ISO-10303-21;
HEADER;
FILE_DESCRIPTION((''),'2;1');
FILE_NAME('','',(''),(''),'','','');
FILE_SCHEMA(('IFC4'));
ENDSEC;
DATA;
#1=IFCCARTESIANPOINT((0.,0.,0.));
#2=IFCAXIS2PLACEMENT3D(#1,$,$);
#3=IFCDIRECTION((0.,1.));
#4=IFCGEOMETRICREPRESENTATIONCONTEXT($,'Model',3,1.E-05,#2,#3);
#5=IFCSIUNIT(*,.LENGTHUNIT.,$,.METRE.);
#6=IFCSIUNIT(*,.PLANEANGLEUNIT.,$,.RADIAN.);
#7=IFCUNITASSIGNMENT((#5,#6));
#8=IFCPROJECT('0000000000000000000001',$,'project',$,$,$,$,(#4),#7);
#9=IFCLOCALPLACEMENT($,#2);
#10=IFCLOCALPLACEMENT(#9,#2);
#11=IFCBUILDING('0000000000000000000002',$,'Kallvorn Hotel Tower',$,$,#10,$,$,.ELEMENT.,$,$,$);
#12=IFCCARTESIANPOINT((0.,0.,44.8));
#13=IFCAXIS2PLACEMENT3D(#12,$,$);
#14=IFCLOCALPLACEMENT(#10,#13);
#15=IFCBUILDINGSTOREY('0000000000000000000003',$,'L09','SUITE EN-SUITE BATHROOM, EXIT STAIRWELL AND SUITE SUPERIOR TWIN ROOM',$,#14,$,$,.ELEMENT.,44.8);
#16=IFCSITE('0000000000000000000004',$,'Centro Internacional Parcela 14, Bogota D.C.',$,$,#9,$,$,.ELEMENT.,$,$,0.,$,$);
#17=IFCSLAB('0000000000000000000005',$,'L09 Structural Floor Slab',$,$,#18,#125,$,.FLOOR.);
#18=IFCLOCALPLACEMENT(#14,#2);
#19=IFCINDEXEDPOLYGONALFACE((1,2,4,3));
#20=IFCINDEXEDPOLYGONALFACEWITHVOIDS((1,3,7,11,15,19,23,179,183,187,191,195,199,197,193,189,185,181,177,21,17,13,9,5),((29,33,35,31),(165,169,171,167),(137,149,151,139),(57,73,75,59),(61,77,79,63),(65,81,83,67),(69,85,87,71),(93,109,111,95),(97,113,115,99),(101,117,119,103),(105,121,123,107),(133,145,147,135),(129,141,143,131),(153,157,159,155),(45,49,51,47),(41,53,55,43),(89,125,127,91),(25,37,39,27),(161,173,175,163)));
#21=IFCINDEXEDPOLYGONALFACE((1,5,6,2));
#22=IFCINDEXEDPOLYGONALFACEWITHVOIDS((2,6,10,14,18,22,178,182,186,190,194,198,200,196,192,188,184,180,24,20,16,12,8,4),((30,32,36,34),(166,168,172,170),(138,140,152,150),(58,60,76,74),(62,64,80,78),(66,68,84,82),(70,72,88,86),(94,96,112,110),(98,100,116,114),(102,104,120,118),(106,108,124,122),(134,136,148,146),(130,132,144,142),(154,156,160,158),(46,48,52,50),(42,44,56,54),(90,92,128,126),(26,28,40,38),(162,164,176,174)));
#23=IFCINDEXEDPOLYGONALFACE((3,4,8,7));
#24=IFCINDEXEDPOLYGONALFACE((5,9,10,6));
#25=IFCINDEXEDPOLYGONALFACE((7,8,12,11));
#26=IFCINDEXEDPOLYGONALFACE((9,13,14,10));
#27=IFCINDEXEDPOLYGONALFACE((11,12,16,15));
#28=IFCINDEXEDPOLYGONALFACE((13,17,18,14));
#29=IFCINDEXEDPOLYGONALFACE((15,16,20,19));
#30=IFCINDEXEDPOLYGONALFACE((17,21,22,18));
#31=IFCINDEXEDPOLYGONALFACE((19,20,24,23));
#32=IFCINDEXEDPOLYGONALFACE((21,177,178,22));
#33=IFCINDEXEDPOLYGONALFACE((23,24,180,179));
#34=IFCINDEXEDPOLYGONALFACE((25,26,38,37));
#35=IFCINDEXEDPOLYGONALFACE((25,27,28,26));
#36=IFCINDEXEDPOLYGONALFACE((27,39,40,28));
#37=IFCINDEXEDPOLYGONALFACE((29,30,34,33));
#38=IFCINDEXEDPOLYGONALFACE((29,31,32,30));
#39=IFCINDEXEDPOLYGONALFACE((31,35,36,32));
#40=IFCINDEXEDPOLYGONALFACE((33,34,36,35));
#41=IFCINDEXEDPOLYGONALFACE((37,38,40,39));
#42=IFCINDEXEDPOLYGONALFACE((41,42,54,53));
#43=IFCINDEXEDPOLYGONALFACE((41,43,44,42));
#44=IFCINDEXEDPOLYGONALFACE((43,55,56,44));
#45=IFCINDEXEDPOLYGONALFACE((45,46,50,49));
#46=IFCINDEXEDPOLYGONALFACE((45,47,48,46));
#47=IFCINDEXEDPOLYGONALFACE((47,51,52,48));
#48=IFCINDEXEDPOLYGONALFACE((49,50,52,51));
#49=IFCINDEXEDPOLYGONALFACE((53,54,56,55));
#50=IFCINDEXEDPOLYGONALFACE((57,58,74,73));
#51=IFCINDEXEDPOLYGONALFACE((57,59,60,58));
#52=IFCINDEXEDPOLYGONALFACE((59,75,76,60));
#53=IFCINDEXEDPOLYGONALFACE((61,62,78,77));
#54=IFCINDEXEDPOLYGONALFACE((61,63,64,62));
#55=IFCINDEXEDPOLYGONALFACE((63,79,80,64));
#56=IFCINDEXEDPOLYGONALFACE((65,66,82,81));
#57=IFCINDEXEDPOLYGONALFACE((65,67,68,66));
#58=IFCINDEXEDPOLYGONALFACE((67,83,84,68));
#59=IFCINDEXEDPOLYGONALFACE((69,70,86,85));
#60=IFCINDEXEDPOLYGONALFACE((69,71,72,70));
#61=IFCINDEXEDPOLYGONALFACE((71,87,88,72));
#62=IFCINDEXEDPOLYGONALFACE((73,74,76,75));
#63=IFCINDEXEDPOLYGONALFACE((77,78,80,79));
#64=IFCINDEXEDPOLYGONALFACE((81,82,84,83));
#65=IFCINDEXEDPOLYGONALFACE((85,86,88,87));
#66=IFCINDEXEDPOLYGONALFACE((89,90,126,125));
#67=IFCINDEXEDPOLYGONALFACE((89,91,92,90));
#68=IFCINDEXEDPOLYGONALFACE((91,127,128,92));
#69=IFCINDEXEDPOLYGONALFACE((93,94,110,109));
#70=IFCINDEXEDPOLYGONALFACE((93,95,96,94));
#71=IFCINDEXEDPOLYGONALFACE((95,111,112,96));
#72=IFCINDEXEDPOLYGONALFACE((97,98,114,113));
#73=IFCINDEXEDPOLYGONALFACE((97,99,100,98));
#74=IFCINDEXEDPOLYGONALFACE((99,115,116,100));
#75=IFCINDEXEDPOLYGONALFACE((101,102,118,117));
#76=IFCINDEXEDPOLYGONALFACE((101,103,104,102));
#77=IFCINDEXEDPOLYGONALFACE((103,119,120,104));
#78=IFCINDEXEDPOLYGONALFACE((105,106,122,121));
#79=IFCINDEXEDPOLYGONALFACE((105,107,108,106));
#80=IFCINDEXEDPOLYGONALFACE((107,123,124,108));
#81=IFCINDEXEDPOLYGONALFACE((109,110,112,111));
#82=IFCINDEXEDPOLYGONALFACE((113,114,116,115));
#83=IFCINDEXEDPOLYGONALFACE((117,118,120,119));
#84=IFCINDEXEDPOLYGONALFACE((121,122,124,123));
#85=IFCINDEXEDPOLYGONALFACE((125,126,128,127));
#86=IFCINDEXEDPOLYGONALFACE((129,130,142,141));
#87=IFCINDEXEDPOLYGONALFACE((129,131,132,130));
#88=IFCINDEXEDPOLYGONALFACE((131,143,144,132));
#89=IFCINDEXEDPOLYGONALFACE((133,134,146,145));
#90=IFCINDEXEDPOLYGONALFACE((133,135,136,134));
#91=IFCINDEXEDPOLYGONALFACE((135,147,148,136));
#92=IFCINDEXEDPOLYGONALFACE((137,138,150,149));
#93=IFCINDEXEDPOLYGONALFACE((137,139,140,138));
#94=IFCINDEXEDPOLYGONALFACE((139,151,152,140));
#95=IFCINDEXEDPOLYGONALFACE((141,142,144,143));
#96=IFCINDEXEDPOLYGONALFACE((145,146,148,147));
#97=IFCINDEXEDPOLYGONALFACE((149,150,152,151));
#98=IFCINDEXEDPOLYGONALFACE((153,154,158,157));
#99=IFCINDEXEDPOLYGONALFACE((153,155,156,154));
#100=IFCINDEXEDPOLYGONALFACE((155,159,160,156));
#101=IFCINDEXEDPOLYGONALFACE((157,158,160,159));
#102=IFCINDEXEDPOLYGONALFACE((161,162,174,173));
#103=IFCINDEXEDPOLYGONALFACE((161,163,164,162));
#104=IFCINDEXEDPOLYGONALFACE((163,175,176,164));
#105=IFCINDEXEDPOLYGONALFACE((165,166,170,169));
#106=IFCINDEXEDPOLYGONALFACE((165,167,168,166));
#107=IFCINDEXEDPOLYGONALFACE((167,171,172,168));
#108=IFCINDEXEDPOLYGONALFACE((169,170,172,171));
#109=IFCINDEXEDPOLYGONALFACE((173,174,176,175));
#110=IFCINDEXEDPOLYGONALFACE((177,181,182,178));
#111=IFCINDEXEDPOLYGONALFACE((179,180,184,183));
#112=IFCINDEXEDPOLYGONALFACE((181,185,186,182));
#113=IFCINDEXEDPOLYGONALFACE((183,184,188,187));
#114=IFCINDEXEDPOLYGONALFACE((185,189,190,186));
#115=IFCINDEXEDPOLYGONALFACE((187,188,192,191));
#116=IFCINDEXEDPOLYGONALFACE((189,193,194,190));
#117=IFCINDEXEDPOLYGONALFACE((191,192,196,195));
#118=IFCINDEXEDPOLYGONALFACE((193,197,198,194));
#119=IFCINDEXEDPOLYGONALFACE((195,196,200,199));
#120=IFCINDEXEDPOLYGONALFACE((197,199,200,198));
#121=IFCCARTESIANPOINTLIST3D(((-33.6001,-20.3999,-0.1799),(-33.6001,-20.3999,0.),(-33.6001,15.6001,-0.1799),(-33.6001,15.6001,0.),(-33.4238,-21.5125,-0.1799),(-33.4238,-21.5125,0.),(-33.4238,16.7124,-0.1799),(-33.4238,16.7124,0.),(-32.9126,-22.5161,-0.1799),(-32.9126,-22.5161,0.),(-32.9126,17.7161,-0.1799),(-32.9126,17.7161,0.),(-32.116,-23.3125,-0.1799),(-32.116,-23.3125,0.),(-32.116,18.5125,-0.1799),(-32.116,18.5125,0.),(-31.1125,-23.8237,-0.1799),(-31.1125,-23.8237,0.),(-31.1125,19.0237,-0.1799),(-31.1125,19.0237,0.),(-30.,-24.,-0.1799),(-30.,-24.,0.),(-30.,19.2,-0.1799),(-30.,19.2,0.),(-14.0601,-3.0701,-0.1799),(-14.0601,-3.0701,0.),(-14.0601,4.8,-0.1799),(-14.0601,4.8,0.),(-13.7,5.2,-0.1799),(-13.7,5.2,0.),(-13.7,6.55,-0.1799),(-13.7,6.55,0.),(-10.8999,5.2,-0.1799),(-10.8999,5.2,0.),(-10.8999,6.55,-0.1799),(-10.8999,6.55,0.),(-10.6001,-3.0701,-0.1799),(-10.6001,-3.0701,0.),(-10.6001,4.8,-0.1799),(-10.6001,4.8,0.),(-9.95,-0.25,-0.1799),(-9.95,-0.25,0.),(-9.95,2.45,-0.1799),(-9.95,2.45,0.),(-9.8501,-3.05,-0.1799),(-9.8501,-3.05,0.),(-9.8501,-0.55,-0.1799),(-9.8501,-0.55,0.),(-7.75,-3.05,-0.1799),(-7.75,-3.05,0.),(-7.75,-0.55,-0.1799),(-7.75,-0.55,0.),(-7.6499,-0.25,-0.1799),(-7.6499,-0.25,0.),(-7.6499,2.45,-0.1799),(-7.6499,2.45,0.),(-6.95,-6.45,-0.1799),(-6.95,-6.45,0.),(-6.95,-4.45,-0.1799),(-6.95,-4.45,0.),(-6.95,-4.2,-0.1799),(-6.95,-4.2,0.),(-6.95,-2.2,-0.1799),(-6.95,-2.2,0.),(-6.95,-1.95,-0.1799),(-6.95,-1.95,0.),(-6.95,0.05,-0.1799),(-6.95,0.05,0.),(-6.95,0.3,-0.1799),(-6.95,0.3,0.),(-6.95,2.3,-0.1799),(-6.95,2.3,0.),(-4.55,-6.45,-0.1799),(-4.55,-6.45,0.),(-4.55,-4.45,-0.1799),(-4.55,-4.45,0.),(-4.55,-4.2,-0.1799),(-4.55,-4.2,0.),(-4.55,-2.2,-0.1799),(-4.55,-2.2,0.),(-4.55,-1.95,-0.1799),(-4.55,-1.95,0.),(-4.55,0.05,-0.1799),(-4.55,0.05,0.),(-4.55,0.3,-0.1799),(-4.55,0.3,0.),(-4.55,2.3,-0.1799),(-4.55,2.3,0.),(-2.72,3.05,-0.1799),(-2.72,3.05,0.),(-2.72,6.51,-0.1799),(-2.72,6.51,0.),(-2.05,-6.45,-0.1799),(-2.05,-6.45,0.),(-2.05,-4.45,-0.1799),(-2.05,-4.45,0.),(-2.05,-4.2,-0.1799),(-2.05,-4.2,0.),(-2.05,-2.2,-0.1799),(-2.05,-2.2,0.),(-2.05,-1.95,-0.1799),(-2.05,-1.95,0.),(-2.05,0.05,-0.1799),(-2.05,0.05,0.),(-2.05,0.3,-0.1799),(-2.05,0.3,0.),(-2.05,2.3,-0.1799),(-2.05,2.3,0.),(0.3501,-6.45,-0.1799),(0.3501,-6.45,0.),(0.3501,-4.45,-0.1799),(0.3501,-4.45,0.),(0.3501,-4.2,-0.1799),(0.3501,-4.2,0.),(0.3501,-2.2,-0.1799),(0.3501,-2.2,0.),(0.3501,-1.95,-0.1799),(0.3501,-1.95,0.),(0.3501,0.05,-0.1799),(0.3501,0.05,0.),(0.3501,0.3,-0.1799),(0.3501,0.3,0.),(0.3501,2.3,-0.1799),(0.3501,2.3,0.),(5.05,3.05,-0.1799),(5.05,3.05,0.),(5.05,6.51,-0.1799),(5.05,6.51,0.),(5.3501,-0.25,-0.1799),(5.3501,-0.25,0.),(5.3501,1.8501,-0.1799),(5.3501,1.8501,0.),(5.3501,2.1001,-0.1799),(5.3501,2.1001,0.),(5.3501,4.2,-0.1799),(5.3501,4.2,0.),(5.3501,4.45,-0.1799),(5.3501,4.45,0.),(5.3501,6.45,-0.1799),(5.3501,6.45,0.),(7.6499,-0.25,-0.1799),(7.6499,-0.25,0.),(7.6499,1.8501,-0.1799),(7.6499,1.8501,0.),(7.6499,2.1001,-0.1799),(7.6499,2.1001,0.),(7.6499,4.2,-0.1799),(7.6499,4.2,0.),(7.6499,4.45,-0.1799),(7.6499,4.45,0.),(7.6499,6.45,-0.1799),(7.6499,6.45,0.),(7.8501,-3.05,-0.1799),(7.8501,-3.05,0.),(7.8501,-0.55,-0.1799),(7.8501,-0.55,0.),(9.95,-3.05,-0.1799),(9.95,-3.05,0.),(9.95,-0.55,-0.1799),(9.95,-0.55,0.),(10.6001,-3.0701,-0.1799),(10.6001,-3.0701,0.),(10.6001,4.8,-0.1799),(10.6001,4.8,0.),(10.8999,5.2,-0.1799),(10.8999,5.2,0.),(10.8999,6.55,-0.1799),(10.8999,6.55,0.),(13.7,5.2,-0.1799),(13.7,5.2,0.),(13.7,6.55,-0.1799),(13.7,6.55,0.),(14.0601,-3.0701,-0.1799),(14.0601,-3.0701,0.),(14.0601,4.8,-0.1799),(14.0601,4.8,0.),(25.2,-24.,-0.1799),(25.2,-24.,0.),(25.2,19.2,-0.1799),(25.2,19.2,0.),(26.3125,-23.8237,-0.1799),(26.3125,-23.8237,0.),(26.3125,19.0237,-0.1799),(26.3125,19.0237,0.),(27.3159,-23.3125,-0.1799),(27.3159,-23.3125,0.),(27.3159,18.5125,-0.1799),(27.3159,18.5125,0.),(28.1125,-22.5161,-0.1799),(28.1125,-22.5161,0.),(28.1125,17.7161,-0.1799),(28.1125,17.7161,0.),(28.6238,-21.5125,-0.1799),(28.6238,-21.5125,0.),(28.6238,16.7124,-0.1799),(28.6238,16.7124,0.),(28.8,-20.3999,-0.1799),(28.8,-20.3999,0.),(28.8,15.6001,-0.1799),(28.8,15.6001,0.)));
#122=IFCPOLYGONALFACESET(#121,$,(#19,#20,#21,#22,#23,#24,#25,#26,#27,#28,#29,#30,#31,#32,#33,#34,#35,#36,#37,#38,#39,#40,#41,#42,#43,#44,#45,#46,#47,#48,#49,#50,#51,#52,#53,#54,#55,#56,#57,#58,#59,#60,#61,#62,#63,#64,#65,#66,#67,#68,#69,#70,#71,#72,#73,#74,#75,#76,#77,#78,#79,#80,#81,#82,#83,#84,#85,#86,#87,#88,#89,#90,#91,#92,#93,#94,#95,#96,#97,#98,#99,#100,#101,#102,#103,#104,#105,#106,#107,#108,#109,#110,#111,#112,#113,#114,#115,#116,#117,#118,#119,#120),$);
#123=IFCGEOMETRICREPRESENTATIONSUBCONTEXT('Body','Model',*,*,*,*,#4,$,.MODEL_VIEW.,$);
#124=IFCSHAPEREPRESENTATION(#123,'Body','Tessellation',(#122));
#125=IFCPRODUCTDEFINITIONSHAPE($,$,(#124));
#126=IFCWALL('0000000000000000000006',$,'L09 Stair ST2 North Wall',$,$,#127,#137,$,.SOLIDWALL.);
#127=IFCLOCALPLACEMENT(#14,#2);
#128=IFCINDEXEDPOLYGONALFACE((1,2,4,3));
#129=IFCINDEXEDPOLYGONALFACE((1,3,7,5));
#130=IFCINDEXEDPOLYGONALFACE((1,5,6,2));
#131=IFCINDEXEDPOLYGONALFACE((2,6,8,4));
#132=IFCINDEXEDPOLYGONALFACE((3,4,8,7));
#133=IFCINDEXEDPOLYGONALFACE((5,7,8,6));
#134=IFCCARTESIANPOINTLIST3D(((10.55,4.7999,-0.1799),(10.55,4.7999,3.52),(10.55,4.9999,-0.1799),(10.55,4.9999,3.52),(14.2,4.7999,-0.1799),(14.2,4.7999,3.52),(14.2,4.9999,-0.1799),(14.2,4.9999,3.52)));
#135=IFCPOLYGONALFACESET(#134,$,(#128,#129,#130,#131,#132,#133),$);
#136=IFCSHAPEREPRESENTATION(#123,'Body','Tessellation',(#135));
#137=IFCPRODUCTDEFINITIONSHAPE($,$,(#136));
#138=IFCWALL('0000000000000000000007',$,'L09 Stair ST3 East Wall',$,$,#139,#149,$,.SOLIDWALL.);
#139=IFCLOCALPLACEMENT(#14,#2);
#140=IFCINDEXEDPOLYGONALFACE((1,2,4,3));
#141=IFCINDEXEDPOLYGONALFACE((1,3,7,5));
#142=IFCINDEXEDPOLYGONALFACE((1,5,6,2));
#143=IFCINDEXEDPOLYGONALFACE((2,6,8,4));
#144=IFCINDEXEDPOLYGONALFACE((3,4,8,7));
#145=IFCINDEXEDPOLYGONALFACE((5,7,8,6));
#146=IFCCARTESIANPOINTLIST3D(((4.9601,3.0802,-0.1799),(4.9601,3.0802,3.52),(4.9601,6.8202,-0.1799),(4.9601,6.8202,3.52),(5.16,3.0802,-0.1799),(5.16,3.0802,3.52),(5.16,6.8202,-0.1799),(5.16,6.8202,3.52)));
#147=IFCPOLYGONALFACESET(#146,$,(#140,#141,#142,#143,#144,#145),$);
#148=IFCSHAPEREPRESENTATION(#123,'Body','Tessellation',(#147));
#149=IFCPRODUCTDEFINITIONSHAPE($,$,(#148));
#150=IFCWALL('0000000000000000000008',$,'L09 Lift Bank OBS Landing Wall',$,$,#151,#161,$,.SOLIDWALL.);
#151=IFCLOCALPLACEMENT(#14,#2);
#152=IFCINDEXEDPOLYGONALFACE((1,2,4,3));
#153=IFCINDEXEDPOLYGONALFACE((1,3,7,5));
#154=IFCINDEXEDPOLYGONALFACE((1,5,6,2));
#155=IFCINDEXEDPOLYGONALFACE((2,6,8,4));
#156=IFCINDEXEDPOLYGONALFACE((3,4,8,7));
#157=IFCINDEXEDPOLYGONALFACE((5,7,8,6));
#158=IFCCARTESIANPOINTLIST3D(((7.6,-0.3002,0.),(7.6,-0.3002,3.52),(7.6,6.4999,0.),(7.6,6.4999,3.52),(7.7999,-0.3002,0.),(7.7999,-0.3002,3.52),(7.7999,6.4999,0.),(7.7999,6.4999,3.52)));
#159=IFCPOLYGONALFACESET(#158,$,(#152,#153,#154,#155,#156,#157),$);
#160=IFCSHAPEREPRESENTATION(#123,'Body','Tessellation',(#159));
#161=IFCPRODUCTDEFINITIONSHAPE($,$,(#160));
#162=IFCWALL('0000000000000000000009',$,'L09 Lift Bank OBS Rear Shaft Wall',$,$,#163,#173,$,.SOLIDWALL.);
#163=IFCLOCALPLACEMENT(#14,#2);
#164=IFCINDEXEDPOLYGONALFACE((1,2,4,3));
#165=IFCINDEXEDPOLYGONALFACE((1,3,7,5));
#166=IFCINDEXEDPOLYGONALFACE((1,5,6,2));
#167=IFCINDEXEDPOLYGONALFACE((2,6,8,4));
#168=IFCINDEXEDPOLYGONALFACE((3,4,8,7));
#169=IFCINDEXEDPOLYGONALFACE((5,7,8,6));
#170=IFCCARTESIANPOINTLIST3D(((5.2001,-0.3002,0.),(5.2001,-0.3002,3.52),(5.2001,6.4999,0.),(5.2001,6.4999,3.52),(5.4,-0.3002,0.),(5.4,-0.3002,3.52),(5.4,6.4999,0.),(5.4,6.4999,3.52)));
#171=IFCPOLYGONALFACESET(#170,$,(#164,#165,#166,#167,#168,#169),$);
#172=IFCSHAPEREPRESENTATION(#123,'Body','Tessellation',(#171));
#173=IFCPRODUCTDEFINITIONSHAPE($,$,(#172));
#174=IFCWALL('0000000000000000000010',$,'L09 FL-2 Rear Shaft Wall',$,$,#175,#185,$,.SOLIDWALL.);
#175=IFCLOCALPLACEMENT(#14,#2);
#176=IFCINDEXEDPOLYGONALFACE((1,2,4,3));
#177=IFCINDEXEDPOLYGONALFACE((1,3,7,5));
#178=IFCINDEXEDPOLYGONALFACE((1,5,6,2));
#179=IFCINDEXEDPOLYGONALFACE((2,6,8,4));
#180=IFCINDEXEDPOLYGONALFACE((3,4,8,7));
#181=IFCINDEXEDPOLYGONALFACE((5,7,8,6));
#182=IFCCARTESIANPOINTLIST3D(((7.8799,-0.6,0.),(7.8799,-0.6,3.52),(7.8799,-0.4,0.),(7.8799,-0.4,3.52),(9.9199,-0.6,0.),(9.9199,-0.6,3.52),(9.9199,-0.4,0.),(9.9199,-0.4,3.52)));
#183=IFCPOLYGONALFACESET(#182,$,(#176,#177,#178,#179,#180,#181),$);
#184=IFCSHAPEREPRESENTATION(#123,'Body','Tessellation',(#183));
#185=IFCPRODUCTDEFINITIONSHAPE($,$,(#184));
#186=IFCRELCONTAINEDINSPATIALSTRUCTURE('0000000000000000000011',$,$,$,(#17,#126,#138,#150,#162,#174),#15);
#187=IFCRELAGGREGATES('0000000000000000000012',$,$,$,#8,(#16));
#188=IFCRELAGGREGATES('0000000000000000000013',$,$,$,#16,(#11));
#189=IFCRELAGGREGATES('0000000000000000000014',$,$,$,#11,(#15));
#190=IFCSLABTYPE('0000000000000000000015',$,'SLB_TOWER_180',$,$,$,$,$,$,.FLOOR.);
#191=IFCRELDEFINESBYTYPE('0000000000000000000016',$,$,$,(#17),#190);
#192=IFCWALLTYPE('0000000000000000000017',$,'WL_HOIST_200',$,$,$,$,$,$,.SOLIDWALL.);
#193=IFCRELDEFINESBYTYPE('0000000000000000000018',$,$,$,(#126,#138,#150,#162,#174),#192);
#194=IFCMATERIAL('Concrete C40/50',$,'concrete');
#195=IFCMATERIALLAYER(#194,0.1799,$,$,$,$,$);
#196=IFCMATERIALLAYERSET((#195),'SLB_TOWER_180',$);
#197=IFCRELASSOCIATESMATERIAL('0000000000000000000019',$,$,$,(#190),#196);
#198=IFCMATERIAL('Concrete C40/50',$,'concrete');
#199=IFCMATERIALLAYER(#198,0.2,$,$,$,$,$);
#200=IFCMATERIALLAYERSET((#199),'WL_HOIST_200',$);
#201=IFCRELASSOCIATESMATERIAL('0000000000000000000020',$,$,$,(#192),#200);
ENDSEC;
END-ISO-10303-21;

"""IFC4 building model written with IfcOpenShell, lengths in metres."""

from ifc_helpers import new_model, si_unit, direction, frame, frame_2d, origin, place, context, subcontext, project, spatial, polyline, rectangle, outline, extrude, material, layer, layer_set, type_object, element, save


model = new_model("IFC4")

# Units and contexts
model_context = context("Model", 3, precision=1e-05, world=origin(), true_north=direction((0.0, 1.0)))
body_context = subcontext(model_context, "Body", "Model", "MODEL_VIEW")
ifc_project = project(units=[si_unit("LENGTHUNIT", "METRE"), si_unit("PLANEANGLEUNIT", "RADIAN")], contexts=[model_context])

# Site, building, storey
site_placement = place(None, origin())
site = spatial("IfcSite", under=ifc_project, at=site_placement, Name="Centro Internacional Parcela 14, Bogota D.C.", CompositionType="ELEMENT", RefElevation=0.0)
building_placement = place(site_placement, origin())
building = spatial("IfcBuilding", under=site, at=building_placement, Name="Kallvorn Hotel Tower", CompositionType="ELEMENT")
storey_placement = place(building_placement, frame((0.0, 0.0, 44.8)))
storey = spatial("IfcBuildingStorey", under=building, at=storey_placement, Name="L09", Description="SUITE EN-SUITE BATHROOM, EXIT STAIRWELL AND SUITE SUPERIOR TWIN ROOM", CompositionType="ELEMENT", Elevation=44.8)

# Slab
ifc_material_1 = material(Name="Concrete C40/50", Category="concrete")
ifc_layer_1 = layer(ifc_material_1, 0.1799)
ifc_layer_set_1 = layer_set([ifc_layer_1], Name="SLB_TOWER_180")
slab_type_1 = type_object("IfcSlabType", Name="SLB_TOWER_180", PredefinedType="FLOOR", material=ifc_layer_set_1)
slab_1_placement = place(storey_placement, frame((0.0, 0.0, -0.1799)))
element("IfcSlab", 1, at=slab_1_placement, inside=storey, type_object=slab_type_1, Name="L09 Structural Floor Slab", PredefinedType="FLOOR", context=body_context, shape_type="SweptSolid", body=[
    extrude(outline(polyline([(25.2, -24.0), (26.3125, -23.8237), (27.3159, -23.3125), (28.1125, -22.5161), (28.6238, -21.5125), (28.8, -20.3999), (28.8, 15.6001), (28.6238, 16.7124), (28.1125, 17.7161), (27.3159, 18.5125), (26.3125, 19.0237), (25.2, 19.2), (-30.0, 19.2), (-31.1125, 19.0237), (-32.116, 18.5125), (-32.9126, 17.7161), (-33.4238, 16.7124), (-33.6001, 15.6001), (-33.6001, -20.3999), (-33.4238, -21.5125), (-32.9126, -22.5161), (-32.116, -23.3125), (-31.1125, -23.8237), (-30.0, -24.0), (25.2, -24.0)]), holes=[polyline([(-10.6001, -3.0701), (-10.6001, 4.8), (-14.0601, 4.8), (-14.0601, -3.0701), (-10.6001, -3.0701)]), polyline([(14.0601, -3.0701), (14.0601, 4.8), (10.6001, 4.8), (10.6001, -3.0701), (14.0601, -3.0701)]), polyline([(-2.72, 3.05), (5.05, 3.05), (5.05, 6.51), (-2.72, 6.51), (-2.72, 3.05)]), polyline([(-6.95, -6.45), (-4.55, -6.45), (-4.55, -4.45), (-6.95, -4.45), (-6.95, -6.45)]), polyline([(-6.95, -4.2), (-4.55, -4.2), (-4.55, -2.2), (-6.95, -2.2), (-6.95, -4.2)]), polyline([(-6.95, -1.95), (-4.55, -1.95), (-4.55, 0.05), (-6.95, 0.05), (-6.95, -1.95)]), polyline([(-6.95, 0.3), (-4.55, 0.3), (-4.55, 2.3), (-6.95, 2.3), (-6.95, 0.3)]), polyline([(-2.05, -6.45), (0.3501, -6.45), (0.3501, -4.45), (-2.05, -4.45), (-2.05, -6.45)]), polyline([(-2.05, -4.2), (0.3501, -4.2), (0.3501, -2.2), (-2.05, -2.2), (-2.05, -4.2)]), polyline([(-2.05, -1.95), (0.3501, -1.95), (0.3501, 0.05), (-2.05, 0.05), (-2.05, -1.95)]), polyline([(-2.05, 0.3), (0.3501, 0.3), (0.3501, 2.3), (-2.05, 2.3), (-2.05, 0.3)]), polyline([(5.3501, -0.25), (7.6499, -0.25), (7.6499, 1.8501), (5.3501, 1.8501), (5.3501, -0.25)]), polyline([(5.3501, 2.1001), (7.6499, 2.1001), (7.6499, 4.2), (5.3501, 4.2), (5.3501, 2.1001)]), polyline([(5.3501, 4.45), (7.6499, 4.45), (7.6499, 6.45), (5.3501, 6.45), (5.3501, 4.45)]), polyline([(-9.8501, -3.05), (-7.75, -3.05), (-7.75, -0.55), (-9.8501, -0.55), (-9.8501, -3.05)]), polyline([(7.8501, -3.05), (9.95, -3.05), (9.95, -0.55), (7.8501, -0.55), (7.8501, -3.05)]), polyline([(-9.95, -0.25), (-7.6499, -0.25), (-7.6499, 2.45), (-9.95, 2.45), (-9.95, -0.25)]), polyline([(-13.7, 5.2), (-10.8999, 5.2), (-10.8999, 6.55), (-13.7, 6.55), (-13.7, 5.2)]), polyline([(10.8999, 5.2), (13.7, 5.2), (13.7, 6.55), (10.8999, 6.55), (10.8999, 5.2)])]), origin(), (0.0, 0.0, 1.0), 0.1799),
])

# Walls
ifc_material_2 = material(Name="Concrete C40/50", Category="concrete")
ifc_layer_2 = layer(ifc_material_2, 0.2)
ifc_layer_set_2 = layer_set([ifc_layer_2], Name="WL_HOIST_200")
wall_type_1 = type_object("IfcWallType", Name="WL_HOIST_200", PredefinedType="SOLIDWALL", material=ifc_layer_set_2)
wall_1_placement = place(storey_placement, frame((10.55, 4.8999, -0.1799), z_axis=(0.0, 0.0, 1.0), x_axis=(1.0, 0.0, 0.0)))
element("IfcWall", 2, at=wall_1_placement, inside=storey, type_object=wall_type_1, Name="L09 Stair ST2 North Wall", PredefinedType="SOLIDWALL", context=body_context, shape_type="SweptSolid", body=[
    extrude(rectangle(XDim=3.6499, YDim=0.2, at=frame_2d((1.825, 0.0))), origin(), (0.0, 0.0, 1.0), 3.7),
])
wall_2_placement = place(storey_placement, frame((5.0601, 3.0801, -0.1799), z_axis=(0.0, 0.0, 1.0), x_axis=(0.0, 1.0, 0.0)))
element("IfcWall", 3, at=wall_2_placement, inside=storey, type_object=wall_type_1, Name="L09 Stair ST3 East Wall", PredefinedType="SOLIDWALL", context=body_context, shape_type="SweptSolid", body=[
    extrude(rectangle(XDim=3.74, YDim=0.2, at=frame_2d((1.8701, 0.0))), origin(), (0.0, 0.0, 1.0), 3.7),
])
for number, where, z_axis, x_axis, name in (
    (4, (7.7, -0.3, 0.0), (0.0, 0.0, 1.0), (0.0, 1.0, 0.0), "L09 Lift Bank OBS Landing Wall"),
    (5, (5.3, -0.3, 0.0), (0.0, 0.0, 1.0), (0.0, 1.0, 0.0), "L09 Lift Bank OBS Rear Shaft Wall"),
):
    element("IfcWall", number, at=place(storey_placement, frame(where, z_axis=z_axis, x_axis=x_axis)), inside=storey, type_object=wall_type_1, Name=name, PredefinedType="SOLIDWALL", context=body_context, shape_type="SweptSolid", body=[
        extrude(rectangle(XDim=6.8, YDim=0.2, at=frame_2d((3.3999, 0.0))), origin(), (0.0, 0.0, 1.0), 3.52),
    ])
wall_3_placement = place(storey_placement, frame((7.8799, -0.5, 0.0), z_axis=(0.0, 0.0, 1.0), x_axis=(1.0, 0.0, 0.0)))
element("IfcWall", 6, at=wall_3_placement, inside=storey, type_object=wall_type_1, Name="L09 FL-2 Rear Shaft Wall", PredefinedType="SOLIDWALL", context=body_context, shape_type="SweptSolid", body=[
    extrude(rectangle(XDim=2.04, YDim=0.2, at=frame_2d((1.02, 0.0))), origin(), (0.0, 0.0, 1.0), 3.52),
])

save(model, "model.ifc")
